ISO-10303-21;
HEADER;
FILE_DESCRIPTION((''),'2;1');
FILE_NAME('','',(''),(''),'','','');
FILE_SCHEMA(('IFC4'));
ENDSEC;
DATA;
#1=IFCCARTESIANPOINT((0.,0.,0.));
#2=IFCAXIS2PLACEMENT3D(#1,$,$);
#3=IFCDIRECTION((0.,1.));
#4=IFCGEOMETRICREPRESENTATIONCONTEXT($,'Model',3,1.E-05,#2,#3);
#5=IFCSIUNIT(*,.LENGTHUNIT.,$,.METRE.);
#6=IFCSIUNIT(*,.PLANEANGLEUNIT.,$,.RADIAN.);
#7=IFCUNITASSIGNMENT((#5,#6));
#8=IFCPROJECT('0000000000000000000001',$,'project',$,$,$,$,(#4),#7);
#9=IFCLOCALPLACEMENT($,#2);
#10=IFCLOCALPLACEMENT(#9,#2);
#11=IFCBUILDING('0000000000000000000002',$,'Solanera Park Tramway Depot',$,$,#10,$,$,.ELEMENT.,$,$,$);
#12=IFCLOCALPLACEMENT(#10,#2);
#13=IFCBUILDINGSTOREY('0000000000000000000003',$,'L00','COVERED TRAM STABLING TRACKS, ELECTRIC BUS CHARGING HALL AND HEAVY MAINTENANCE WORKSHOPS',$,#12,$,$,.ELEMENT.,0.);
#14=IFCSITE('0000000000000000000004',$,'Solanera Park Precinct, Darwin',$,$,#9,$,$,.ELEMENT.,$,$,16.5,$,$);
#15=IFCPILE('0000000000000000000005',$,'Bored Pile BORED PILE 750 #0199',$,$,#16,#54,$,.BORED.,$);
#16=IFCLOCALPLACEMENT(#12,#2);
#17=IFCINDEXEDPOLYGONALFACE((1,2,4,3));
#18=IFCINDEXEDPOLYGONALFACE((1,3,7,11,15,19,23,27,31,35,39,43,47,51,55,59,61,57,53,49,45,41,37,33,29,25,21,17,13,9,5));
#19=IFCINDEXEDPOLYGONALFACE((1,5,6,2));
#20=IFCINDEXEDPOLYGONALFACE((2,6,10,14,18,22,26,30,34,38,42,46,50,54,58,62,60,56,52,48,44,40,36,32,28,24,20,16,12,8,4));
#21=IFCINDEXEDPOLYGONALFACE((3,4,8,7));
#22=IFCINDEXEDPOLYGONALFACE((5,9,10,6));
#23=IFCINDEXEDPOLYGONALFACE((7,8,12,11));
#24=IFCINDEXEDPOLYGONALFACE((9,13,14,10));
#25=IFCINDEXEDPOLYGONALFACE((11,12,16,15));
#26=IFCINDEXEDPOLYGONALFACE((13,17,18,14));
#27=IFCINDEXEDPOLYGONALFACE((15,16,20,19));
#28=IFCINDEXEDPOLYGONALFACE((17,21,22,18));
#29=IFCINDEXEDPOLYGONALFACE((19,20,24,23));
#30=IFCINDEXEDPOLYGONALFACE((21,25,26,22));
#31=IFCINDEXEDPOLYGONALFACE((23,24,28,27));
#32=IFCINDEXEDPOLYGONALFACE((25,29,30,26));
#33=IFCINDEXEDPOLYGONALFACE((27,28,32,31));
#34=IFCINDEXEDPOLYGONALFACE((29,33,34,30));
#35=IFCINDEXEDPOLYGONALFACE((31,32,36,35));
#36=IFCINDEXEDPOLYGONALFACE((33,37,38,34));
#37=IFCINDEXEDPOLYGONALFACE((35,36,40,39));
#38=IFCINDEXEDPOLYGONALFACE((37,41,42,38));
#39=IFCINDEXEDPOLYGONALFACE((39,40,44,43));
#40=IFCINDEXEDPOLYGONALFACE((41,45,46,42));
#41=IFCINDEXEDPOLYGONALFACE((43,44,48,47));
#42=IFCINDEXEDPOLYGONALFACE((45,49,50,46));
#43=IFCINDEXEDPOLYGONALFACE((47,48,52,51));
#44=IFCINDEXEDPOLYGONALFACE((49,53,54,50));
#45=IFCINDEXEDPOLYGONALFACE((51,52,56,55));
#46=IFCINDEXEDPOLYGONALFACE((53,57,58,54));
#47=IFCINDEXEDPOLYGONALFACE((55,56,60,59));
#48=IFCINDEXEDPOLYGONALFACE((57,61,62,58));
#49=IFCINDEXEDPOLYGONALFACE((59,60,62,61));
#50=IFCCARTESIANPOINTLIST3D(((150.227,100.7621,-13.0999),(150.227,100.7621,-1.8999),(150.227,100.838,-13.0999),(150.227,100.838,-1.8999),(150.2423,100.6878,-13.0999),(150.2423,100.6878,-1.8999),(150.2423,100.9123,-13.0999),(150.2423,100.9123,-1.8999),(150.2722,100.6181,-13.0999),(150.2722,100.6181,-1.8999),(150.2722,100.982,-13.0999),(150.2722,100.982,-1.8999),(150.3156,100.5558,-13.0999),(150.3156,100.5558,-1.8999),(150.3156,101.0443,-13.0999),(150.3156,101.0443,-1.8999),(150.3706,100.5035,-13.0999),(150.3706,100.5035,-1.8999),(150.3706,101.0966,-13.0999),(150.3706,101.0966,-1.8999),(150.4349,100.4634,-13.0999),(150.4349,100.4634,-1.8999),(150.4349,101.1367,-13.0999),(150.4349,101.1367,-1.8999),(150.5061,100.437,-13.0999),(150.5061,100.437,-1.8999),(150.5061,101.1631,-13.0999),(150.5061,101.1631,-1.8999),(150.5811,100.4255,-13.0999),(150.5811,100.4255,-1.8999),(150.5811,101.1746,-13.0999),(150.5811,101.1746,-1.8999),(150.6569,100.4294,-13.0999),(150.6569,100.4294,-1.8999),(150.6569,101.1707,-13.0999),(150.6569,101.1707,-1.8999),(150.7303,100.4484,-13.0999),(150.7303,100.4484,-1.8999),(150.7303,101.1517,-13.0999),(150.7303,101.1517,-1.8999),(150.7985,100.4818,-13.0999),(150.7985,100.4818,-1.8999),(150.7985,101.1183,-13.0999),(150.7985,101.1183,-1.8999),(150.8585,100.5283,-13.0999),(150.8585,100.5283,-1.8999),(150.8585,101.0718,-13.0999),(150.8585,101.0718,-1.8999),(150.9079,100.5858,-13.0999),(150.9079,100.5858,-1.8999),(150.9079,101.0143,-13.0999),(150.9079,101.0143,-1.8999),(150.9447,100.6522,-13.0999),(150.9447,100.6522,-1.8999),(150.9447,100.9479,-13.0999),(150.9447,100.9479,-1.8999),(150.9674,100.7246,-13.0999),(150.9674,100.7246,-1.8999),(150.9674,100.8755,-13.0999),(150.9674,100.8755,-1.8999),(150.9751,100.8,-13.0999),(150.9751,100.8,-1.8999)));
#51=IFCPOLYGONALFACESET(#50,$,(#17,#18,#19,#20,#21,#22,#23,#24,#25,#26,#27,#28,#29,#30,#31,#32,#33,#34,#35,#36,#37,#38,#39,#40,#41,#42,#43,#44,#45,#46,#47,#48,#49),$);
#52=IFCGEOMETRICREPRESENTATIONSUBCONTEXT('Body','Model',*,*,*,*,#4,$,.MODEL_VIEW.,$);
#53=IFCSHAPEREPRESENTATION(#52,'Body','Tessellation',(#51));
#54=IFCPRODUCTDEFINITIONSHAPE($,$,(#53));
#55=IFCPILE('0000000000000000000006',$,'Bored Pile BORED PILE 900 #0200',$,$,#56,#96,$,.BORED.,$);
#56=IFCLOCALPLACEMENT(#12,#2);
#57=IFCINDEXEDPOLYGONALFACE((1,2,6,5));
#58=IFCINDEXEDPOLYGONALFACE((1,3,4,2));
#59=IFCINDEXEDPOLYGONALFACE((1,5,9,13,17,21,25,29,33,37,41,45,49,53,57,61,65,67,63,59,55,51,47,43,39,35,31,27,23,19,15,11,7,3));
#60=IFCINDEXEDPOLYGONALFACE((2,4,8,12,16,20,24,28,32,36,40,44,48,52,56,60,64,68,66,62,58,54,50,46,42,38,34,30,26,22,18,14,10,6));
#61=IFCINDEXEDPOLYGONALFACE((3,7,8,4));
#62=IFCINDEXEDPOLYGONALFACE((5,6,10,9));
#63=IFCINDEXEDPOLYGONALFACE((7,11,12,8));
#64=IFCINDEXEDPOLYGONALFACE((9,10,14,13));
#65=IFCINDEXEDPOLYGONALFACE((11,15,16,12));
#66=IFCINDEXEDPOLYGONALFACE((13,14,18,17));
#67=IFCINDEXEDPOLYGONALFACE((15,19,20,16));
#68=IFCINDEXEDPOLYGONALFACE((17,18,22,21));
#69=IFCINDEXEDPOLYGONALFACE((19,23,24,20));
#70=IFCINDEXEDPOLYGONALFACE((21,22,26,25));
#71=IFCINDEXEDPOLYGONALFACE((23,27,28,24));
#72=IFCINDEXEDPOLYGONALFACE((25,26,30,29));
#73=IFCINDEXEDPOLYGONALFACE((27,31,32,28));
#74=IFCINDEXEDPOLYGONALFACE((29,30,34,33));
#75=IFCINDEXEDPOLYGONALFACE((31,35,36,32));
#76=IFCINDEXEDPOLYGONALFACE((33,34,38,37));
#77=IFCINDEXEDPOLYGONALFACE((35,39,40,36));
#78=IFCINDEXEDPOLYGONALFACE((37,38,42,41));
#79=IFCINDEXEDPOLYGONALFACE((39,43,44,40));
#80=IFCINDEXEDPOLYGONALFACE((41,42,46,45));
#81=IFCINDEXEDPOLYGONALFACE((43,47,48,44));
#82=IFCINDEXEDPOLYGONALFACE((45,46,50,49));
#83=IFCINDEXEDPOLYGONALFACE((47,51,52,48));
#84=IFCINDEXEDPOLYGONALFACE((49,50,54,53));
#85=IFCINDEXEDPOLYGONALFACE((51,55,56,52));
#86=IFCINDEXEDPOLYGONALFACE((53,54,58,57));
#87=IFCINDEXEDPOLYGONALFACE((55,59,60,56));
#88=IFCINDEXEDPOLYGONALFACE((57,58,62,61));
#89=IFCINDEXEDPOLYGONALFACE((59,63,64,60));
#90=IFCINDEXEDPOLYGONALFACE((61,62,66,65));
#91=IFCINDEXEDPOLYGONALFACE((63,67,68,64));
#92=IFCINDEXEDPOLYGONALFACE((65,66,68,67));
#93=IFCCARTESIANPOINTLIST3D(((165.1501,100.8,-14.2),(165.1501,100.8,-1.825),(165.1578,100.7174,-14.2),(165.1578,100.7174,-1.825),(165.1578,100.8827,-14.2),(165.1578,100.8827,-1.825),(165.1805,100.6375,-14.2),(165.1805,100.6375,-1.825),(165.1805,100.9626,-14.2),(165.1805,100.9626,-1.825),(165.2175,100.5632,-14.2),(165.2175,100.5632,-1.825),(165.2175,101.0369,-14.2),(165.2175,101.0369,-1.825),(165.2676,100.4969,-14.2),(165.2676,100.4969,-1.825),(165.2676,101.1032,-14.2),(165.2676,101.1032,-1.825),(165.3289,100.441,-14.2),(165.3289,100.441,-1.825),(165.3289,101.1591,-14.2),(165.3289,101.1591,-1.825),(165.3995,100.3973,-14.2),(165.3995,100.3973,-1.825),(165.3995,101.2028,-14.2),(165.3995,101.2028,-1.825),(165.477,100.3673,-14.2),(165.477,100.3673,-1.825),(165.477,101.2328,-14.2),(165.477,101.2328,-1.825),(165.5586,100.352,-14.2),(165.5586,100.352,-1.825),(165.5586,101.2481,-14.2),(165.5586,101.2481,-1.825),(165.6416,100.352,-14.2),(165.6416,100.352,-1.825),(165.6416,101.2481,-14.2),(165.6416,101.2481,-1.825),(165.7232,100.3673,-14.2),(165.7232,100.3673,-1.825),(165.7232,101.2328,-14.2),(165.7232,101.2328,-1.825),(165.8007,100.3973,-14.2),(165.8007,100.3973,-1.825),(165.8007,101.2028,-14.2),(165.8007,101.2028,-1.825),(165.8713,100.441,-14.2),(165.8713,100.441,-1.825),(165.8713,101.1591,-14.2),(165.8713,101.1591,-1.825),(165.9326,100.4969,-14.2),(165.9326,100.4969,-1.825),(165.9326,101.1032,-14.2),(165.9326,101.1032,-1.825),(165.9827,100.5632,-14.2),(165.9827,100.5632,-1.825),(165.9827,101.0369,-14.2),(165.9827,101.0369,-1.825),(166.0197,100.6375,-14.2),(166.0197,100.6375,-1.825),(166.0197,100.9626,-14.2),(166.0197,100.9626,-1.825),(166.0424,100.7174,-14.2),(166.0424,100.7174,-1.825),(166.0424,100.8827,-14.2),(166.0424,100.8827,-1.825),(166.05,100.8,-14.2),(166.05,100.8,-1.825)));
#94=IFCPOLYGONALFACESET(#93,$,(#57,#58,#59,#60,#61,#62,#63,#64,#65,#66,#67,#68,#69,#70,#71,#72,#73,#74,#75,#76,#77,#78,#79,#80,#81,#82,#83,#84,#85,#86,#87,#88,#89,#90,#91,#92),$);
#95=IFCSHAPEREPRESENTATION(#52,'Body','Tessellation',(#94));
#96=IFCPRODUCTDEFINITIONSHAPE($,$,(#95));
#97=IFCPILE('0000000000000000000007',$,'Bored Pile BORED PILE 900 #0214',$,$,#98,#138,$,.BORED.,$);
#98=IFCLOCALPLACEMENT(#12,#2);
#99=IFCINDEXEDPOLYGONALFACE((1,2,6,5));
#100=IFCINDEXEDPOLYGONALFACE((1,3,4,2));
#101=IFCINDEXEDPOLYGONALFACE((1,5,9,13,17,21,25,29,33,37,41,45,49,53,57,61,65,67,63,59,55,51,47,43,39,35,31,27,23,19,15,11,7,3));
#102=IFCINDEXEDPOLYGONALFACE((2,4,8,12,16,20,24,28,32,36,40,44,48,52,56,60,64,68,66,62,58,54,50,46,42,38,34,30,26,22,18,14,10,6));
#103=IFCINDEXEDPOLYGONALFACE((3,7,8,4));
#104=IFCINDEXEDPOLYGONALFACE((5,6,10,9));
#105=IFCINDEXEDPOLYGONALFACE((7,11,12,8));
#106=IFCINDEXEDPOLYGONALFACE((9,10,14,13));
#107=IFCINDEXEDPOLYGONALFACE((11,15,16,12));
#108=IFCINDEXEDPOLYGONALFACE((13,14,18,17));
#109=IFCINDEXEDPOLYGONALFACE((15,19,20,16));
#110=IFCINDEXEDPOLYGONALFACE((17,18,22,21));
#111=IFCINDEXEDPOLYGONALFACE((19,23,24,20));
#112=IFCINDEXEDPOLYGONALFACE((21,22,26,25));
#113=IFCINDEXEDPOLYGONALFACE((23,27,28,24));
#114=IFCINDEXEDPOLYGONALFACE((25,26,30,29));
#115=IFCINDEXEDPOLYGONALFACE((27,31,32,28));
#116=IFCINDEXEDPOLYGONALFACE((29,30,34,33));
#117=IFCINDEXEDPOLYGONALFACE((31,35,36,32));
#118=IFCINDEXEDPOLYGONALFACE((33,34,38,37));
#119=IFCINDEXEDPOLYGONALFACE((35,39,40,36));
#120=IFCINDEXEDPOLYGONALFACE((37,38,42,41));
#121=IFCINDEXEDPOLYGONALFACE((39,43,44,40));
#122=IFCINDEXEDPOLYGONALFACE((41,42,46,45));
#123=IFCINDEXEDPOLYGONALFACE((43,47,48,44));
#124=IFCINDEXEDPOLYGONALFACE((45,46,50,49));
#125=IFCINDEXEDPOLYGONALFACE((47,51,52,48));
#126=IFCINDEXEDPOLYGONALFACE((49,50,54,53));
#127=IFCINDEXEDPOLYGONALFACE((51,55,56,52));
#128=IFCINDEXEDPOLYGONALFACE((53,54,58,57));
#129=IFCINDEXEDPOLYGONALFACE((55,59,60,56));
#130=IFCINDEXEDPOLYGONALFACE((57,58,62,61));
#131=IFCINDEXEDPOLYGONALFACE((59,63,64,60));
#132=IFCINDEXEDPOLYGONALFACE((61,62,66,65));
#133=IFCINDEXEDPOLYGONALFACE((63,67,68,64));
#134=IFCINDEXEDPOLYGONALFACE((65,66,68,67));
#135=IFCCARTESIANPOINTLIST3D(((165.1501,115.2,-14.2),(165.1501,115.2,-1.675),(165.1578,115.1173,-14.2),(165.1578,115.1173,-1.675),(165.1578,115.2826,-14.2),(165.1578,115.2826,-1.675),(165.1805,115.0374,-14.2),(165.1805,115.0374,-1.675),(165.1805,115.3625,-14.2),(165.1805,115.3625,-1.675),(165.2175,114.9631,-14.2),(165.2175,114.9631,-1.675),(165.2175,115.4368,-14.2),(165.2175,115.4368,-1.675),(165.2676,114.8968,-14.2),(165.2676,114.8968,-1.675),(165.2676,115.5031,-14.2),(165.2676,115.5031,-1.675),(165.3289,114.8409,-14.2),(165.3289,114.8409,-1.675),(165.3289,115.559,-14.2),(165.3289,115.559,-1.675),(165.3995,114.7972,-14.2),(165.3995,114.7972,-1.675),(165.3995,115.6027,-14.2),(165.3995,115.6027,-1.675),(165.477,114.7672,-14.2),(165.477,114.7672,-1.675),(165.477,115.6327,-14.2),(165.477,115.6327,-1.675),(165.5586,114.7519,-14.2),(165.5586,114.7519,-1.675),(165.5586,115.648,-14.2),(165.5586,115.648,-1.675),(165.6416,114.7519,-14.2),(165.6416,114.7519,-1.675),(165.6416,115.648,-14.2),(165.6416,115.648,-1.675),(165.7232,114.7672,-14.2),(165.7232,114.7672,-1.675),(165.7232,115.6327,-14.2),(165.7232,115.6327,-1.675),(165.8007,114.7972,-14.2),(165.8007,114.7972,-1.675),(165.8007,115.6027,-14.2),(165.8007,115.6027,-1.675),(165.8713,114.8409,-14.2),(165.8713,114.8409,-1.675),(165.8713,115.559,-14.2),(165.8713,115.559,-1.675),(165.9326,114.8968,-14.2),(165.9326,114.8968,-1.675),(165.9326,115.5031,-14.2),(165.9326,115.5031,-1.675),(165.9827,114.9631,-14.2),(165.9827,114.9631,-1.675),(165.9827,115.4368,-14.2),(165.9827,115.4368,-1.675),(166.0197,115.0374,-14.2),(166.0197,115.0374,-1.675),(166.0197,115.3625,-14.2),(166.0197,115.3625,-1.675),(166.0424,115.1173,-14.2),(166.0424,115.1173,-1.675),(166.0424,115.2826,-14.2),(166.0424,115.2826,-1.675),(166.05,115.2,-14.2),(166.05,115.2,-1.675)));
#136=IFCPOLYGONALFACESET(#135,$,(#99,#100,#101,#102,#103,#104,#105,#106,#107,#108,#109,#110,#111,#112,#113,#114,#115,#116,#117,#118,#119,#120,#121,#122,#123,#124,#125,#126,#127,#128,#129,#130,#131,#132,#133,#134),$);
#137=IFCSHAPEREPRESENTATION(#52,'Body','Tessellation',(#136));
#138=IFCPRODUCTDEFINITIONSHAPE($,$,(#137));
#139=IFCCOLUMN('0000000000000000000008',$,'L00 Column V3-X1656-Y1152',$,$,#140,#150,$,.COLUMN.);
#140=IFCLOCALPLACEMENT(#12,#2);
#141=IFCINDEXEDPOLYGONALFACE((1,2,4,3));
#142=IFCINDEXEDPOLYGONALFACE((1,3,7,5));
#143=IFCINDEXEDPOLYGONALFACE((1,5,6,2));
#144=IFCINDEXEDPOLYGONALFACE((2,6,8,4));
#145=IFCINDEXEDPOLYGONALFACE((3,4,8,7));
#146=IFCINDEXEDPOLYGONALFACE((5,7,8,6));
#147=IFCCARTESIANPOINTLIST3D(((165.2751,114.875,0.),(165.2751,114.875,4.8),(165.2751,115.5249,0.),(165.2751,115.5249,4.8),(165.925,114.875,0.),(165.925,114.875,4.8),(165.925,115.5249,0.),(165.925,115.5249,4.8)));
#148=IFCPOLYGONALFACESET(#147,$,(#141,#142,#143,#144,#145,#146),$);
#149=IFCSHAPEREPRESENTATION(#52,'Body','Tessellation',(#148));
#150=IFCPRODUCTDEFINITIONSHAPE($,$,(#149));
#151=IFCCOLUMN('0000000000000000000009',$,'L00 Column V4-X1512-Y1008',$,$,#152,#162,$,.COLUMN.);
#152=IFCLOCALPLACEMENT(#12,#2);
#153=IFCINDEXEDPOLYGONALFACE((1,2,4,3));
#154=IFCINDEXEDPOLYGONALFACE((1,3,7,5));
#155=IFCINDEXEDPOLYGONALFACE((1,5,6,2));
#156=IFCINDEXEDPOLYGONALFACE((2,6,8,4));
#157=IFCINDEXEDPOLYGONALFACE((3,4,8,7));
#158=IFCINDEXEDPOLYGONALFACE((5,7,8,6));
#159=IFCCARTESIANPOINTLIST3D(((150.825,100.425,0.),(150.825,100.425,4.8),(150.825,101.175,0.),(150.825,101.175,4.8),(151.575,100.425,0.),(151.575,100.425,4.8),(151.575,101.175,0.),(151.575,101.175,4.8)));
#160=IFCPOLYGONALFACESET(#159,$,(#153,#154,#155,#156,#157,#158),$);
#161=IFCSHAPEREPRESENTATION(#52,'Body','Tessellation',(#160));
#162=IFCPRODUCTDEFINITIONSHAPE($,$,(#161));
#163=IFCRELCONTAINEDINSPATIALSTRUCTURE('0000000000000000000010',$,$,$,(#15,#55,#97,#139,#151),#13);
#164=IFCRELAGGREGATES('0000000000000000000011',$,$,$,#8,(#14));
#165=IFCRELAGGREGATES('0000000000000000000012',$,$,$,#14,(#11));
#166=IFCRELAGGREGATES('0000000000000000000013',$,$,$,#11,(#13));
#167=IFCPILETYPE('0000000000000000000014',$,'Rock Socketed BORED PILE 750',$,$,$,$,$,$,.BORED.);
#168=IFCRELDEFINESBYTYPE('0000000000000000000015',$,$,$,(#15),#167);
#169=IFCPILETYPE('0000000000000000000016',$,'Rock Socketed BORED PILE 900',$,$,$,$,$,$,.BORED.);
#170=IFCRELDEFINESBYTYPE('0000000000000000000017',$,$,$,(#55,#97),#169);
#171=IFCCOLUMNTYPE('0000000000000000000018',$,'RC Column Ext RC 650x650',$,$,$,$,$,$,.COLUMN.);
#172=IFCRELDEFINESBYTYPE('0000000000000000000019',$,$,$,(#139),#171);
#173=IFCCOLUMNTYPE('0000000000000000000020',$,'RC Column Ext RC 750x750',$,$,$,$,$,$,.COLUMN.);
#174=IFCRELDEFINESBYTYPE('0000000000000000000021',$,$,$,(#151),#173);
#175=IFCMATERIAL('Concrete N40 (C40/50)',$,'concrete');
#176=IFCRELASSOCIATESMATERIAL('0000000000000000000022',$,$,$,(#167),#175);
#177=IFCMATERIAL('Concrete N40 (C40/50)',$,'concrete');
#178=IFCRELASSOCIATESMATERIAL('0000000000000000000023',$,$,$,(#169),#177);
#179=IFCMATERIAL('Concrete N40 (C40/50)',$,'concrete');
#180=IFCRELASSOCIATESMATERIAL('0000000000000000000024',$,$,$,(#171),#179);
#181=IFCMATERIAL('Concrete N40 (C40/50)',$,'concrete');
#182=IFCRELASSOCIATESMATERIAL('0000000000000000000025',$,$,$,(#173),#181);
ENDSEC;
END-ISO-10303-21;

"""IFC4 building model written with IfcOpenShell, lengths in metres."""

from ifc_helpers import new_model, si_unit, direction, frame, origin, origin_2d, place, context, subcontext, project, spatial, rectangle, circle, extrude, material, material_profile, profile_set, type_object, element, save


model = new_model("IFC4")

# Units and contexts
model_context = context("Model", 3, precision=1e-05, world=origin(), true_north=direction((0.0, 1.0)))
body_context = subcontext(model_context, "Body", "Model", "MODEL_VIEW")
ifc_project = project(units=[si_unit("LENGTHUNIT", "METRE"), si_unit("PLANEANGLEUNIT", "RADIAN")], contexts=[model_context])

# Site, building, storey
site_placement = place(None, origin())
site = spatial("IfcSite", under=ifc_project, at=site_placement, Name="Solanera Park Precinct, Darwin", CompositionType="ELEMENT", RefElevation=16.5)
building_placement = place(site_placement, origin())
building = spatial("IfcBuilding", under=site, at=building_placement, Name="Solanera Park Tramway Depot", CompositionType="ELEMENT")
storey_placement = place(building_placement, origin())
storey = spatial("IfcBuildingStorey", under=building, at=storey_placement, Name="L00", Description="COVERED TRAM STABLING TRACKS, ELECTRIC BUS CHARGING HALL AND HEAVY MAINTENANCE WORKSHOPS", CompositionType="ELEMENT", Elevation=0.0)

# Piles
ifc_material_1 = material(Name="Concrete N40 (C40/50)", Category="concrete")
ifc_material_profile_1 = material_profile(ifc_material_1, circle(Radius=0.375, at=origin_2d()), Name="BORED PILE 750")
ifc_profile_set_1 = profile_set([ifc_material_profile_1], Name="Concrete N40 (C40/50)")
pile_type_1 = type_object("IfcPileType", Name="Rock Socketed BORED PILE 750", PredefinedType="BORED", material=ifc_profile_set_1)
pile_1_placement = place(storey_placement, frame((150.6001, 100.8, -1.8999), z_axis=(0.0, 0.0, -1.0), x_axis=(1.0, 0.0, 0.0)))
element("IfcPile", 1, at=pile_1_placement, inside=storey, type_object=pile_type_1, Name="Bored Pile BORED PILE 750 #0199", PredefinedType="BORED", context=body_context, shape_type="SweptSolid", body=[
    extrude(circle(Radius=0.375, at=origin_2d()), origin(), (0.0, 0.0, 1.0), 11.2),
])
ifc_material_2 = material(Name="Concrete N40 (C40/50)", Category="concrete")
ifc_material_profile_2 = material_profile(ifc_material_2, circle(Radius=0.45, at=origin_2d()), Name="BORED PILE 900")
ifc_profile_set_2 = profile_set([ifc_material_profile_2], Name="Concrete N40 (C40/50)")
pile_type_2 = type_object("IfcPileType", Name="Rock Socketed BORED PILE 900", PredefinedType="BORED", material=ifc_profile_set_2)
pile_2_placement = place(storey_placement, frame((165.6001, 100.8, -1.825), z_axis=(0.0, 0.0, -1.0), x_axis=(1.0, 0.0, 0.0)))
element("IfcPile", 2, at=pile_2_placement, inside=storey, type_object=pile_type_2, Name="Bored Pile BORED PILE 900 #0200", PredefinedType="BORED", context=body_context, shape_type="SweptSolid", body=[
    extrude(circle(Radius=0.45, at=origin_2d()), origin(), (0.0, 0.0, 1.0), 12.375),
])
pile_3_placement = place(storey_placement, frame((165.6001, 115.2, -1.675), z_axis=(0.0, 0.0, -1.0), x_axis=(1.0, 0.0, 0.0)))
element("IfcPile", 3, at=pile_3_placement, inside=storey, type_object=pile_type_2, Name="Bored Pile BORED PILE 900 #0214", PredefinedType="BORED", context=body_context, shape_type="SweptSolid", body=[
    extrude(circle(Radius=0.45, at=origin_2d()), origin(), (0.0, 0.0, 1.0), 12.5249),
])

# Columns
ifc_material_3 = material(Name="Concrete N40 (C40/50)", Category="concrete")
ifc_material_profile_3 = material_profile(ifc_material_3, rectangle(XDim=0.6499, YDim=0.6499, at=origin_2d()), Name="RC 650x650")
ifc_profile_set_3 = profile_set([ifc_material_profile_3], Name="Concrete N40 (C40/50)")
column_type_1 = type_object("IfcColumnType", Name="RC Column Ext RC 650x650", PredefinedType="COLUMN", material=ifc_profile_set_3)
column_1_placement = place(storey_placement, frame((165.6001, 115.2, 0.0), z_axis=(0.0, 0.0, 1.0), x_axis=(1.0, 0.0, 0.0)))
element("IfcColumn", 4, at=column_1_placement, inside=storey, type_object=column_type_1, Name="L00 Column V3-X1656-Y1152", PredefinedType="COLUMN", context=body_context, shape_type="SweptSolid", body=[
    extrude(rectangle(XDim=0.6499, YDim=0.6499, at=origin_2d()), origin(), (0.0, 0.0, 1.0), 4.8),
])
ifc_material_4 = material(Name="Concrete N40 (C40/50)", Category="concrete")
ifc_material_profile_4 = material_profile(ifc_material_4, rectangle(XDim=0.75, YDim=0.75, at=origin_2d()), Name="RC 750x750")
ifc_profile_set_4 = profile_set([ifc_material_profile_4], Name="Concrete N40 (C40/50)")
column_type_2 = type_object("IfcColumnType", Name="RC Column Ext RC 750x750", PredefinedType="COLUMN", material=ifc_profile_set_4)
column_2_placement = place(storey_placement, frame((151.2, 100.8, 0.0), z_axis=(0.0, 0.0, 1.0), x_axis=(1.0, 0.0, 0.0)))
element("IfcColumn", 5, at=column_2_placement, inside=storey, type_object=column_type_2, Name="L00 Column V4-X1512-Y1008", PredefinedType="COLUMN", context=body_context, shape_type="SweptSolid", body=[
    extrude(rectangle(XDim=0.75, YDim=0.75, at=origin_2d()), origin(), (0.0, 0.0, 1.0), 4.8),
])

save(model, "model.ifc")
